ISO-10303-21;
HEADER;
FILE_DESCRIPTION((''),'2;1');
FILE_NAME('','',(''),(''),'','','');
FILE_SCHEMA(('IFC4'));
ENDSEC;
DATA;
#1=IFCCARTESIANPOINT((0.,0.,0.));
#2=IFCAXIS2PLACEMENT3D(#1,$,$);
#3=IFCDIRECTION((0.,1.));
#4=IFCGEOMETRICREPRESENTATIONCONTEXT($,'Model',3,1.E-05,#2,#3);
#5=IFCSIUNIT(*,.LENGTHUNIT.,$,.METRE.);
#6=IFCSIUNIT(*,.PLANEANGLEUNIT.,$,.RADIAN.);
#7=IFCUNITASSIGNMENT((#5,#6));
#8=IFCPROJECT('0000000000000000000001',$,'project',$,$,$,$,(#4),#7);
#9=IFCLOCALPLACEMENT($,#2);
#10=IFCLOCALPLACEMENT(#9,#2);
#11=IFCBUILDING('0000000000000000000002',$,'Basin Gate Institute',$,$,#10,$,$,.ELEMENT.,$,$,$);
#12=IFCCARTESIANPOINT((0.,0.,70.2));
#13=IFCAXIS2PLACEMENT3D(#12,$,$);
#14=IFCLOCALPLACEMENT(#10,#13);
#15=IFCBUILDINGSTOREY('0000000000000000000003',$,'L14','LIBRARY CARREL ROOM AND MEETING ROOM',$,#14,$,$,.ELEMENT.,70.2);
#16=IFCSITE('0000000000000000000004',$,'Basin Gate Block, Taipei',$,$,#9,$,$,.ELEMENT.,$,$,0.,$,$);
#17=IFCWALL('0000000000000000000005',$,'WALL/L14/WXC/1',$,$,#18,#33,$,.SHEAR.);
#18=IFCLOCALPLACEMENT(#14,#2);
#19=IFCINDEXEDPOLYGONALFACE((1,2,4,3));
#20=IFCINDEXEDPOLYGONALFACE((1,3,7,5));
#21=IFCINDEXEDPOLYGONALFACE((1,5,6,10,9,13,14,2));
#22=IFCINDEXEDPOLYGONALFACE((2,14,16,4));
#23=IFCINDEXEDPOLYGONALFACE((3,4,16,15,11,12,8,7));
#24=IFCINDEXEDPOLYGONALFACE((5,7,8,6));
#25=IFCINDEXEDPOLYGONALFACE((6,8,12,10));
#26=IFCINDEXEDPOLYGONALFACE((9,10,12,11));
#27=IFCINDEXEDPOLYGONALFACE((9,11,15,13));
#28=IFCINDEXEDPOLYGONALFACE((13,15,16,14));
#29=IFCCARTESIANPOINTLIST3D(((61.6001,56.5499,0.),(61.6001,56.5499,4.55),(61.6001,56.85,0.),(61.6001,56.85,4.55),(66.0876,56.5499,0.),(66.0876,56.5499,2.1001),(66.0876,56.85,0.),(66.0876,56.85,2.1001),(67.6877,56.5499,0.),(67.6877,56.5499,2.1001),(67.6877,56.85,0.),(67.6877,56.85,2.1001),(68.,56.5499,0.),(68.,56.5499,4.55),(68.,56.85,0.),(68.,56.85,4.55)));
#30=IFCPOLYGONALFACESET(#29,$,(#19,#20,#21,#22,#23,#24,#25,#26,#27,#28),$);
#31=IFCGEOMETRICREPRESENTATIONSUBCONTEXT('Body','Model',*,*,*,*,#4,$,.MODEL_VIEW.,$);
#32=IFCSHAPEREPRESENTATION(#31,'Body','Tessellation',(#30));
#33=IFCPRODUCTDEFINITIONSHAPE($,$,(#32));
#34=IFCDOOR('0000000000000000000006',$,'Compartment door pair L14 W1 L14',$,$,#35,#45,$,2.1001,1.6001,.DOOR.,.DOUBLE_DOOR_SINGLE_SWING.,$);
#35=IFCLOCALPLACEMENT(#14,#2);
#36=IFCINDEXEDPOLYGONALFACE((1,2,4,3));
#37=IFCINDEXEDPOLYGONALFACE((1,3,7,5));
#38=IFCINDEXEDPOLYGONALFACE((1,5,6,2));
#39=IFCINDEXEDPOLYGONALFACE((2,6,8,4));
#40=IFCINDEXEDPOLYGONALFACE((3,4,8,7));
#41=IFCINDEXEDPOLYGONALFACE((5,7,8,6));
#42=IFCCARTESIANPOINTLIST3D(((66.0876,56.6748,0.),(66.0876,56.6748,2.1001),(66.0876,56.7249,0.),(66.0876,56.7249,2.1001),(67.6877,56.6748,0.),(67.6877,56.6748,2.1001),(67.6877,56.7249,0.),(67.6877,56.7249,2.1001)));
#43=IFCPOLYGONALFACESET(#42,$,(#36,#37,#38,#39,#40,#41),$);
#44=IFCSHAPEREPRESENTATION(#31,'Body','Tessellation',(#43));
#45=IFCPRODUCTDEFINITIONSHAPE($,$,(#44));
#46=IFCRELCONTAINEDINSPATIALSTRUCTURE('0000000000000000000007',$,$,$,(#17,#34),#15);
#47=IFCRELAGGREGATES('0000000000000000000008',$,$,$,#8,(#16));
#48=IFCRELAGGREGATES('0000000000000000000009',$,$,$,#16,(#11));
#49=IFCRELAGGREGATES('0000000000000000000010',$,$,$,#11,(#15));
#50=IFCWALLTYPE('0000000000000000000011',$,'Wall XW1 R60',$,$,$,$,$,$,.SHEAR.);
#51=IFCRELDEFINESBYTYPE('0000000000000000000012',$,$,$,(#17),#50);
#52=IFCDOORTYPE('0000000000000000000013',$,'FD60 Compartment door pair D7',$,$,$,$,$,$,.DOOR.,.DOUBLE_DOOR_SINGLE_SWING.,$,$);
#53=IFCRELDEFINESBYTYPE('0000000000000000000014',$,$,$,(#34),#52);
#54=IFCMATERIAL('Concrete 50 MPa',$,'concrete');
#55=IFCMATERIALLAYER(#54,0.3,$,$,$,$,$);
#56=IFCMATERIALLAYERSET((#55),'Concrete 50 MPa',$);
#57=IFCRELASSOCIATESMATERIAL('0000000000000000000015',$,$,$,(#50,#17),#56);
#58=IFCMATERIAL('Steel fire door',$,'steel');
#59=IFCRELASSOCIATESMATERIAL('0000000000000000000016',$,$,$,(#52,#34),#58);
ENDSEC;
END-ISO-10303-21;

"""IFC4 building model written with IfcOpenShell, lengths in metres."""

from ifc_helpers import new_model, si_unit, direction, frame, frame_2d, origin, place, context, subcontext, project, spatial, rectangle, extrude, material, layer, layer_set, type_object, element, fill, save


model = new_model("IFC4")

# Units and contexts
model_context = context("Model", 3, precision=1e-05, world=origin(), true_north=direction((0.0, 1.0)))
body_context = subcontext(model_context, "Body", "Model", "MODEL_VIEW")
ifc_project = project(units=[si_unit("LENGTHUNIT", "METRE"), si_unit("PLANEANGLEUNIT", "RADIAN")], contexts=[model_context])

# Site, building, storey
site_placement = place(None, origin())
site = spatial("IfcSite", under=ifc_project, at=site_placement, Name="Basin Gate Block, Taipei", CompositionType="ELEMENT", RefElevation=0.0)
building_placement = place(site_placement, origin())
building = spatial("IfcBuilding", under=site, at=building_placement, Name="Basin Gate Institute", CompositionType="ELEMENT")
storey_placement = place(building_placement, frame((0.0, 0.0, 70.2)))
storey = spatial("IfcBuildingStorey", under=building, at=storey_placement, Name="L14", Description="LIBRARY CARREL ROOM AND MEETING ROOM", CompositionType="ELEMENT", Elevation=70.2)

# Wall, opening, door
ifc_material_1 = material(Name="Concrete 50 MPa", Category="concrete")
ifc_layer_1 = layer(ifc_material_1, 0.3)
ifc_layer_set_1 = layer_set([ifc_layer_1], Name="Concrete 50 MPa")
wall_type_1 = type_object("IfcWallType", Name="Wall XW1 R60", PredefinedType="SHEAR", material=ifc_layer_set_1)
wall_1_placement = place(storey_placement, frame((61.6001, 56.7, 0.0), z_axis=(0.0, 0.0, 1.0), x_axis=(1.0, 0.0, 0.0)))
wall_1 = element("IfcWall", 1, at=wall_1_placement, inside=storey, type_object=wall_type_1, material=ifc_layer_set_1, Name="WALL/L14/WXC/1", PredefinedType="SHEAR", context=body_context, shape_type="SweptSolid", body=[
    extrude(rectangle(XDim=6.3999, YDim=0.3, at=frame_2d((3.2, 0.0))), origin(), (0.0, 0.0, 1.0), 4.55),
])
opening_1_placement = place(wall_1_placement, frame((4.4875, 0.0, 0.0)))
opening_1 = element("IfcOpeningElement", 2, at=opening_1_placement, cuts=wall_1, PredefinedType="OPENING", context=body_context, shape_type="SweptSolid", body=[
    extrude(rectangle(XDim=1.6001, YDim=2.1001, at=frame_2d((0.8, 1.05))), frame((0.0, 0.1602, 0.0), z_axis=(0.0, -1.0, 0.0), x_axis=(1.0, 0.0, 0.0)), (0.0, 0.0, 1.0), 0.3201),
])
ifc_material_2 = material(Name="Steel fire door", Category="steel")
door_type_1 = type_object("IfcDoorType", Name="FD60 Compartment door pair D7", OperationType="DOUBLE_DOOR_SINGLE_SWING", PredefinedType="DOOR", material=ifc_material_2)
door_1_placement = place(opening_1_placement, origin())
door_1 = element("IfcDoor", 3, at=door_1_placement, inside=storey, type_object=door_type_1, material=ifc_material_2, Name="Compartment door pair L14 W1 L14", OperationType="DOUBLE_DOOR_SINGLE_SWING", OverallHeight=2.1001, OverallWidth=1.6001, PredefinedType="DOOR", context=body_context, shape_type="SweptSolid", body=[
    extrude(rectangle(XDim=1.6001, YDim=2.1001, at=frame_2d((0.8, 1.05))), frame((0.0, 0.0249, 0.0), z_axis=(0.0, -1.0, 0.0), x_axis=(1.0, 0.0, 0.0)), (0.0, 0.0, 1.0), 0.05),
])
fill(opening_1, door_1)

save(model, "model.ifc")
